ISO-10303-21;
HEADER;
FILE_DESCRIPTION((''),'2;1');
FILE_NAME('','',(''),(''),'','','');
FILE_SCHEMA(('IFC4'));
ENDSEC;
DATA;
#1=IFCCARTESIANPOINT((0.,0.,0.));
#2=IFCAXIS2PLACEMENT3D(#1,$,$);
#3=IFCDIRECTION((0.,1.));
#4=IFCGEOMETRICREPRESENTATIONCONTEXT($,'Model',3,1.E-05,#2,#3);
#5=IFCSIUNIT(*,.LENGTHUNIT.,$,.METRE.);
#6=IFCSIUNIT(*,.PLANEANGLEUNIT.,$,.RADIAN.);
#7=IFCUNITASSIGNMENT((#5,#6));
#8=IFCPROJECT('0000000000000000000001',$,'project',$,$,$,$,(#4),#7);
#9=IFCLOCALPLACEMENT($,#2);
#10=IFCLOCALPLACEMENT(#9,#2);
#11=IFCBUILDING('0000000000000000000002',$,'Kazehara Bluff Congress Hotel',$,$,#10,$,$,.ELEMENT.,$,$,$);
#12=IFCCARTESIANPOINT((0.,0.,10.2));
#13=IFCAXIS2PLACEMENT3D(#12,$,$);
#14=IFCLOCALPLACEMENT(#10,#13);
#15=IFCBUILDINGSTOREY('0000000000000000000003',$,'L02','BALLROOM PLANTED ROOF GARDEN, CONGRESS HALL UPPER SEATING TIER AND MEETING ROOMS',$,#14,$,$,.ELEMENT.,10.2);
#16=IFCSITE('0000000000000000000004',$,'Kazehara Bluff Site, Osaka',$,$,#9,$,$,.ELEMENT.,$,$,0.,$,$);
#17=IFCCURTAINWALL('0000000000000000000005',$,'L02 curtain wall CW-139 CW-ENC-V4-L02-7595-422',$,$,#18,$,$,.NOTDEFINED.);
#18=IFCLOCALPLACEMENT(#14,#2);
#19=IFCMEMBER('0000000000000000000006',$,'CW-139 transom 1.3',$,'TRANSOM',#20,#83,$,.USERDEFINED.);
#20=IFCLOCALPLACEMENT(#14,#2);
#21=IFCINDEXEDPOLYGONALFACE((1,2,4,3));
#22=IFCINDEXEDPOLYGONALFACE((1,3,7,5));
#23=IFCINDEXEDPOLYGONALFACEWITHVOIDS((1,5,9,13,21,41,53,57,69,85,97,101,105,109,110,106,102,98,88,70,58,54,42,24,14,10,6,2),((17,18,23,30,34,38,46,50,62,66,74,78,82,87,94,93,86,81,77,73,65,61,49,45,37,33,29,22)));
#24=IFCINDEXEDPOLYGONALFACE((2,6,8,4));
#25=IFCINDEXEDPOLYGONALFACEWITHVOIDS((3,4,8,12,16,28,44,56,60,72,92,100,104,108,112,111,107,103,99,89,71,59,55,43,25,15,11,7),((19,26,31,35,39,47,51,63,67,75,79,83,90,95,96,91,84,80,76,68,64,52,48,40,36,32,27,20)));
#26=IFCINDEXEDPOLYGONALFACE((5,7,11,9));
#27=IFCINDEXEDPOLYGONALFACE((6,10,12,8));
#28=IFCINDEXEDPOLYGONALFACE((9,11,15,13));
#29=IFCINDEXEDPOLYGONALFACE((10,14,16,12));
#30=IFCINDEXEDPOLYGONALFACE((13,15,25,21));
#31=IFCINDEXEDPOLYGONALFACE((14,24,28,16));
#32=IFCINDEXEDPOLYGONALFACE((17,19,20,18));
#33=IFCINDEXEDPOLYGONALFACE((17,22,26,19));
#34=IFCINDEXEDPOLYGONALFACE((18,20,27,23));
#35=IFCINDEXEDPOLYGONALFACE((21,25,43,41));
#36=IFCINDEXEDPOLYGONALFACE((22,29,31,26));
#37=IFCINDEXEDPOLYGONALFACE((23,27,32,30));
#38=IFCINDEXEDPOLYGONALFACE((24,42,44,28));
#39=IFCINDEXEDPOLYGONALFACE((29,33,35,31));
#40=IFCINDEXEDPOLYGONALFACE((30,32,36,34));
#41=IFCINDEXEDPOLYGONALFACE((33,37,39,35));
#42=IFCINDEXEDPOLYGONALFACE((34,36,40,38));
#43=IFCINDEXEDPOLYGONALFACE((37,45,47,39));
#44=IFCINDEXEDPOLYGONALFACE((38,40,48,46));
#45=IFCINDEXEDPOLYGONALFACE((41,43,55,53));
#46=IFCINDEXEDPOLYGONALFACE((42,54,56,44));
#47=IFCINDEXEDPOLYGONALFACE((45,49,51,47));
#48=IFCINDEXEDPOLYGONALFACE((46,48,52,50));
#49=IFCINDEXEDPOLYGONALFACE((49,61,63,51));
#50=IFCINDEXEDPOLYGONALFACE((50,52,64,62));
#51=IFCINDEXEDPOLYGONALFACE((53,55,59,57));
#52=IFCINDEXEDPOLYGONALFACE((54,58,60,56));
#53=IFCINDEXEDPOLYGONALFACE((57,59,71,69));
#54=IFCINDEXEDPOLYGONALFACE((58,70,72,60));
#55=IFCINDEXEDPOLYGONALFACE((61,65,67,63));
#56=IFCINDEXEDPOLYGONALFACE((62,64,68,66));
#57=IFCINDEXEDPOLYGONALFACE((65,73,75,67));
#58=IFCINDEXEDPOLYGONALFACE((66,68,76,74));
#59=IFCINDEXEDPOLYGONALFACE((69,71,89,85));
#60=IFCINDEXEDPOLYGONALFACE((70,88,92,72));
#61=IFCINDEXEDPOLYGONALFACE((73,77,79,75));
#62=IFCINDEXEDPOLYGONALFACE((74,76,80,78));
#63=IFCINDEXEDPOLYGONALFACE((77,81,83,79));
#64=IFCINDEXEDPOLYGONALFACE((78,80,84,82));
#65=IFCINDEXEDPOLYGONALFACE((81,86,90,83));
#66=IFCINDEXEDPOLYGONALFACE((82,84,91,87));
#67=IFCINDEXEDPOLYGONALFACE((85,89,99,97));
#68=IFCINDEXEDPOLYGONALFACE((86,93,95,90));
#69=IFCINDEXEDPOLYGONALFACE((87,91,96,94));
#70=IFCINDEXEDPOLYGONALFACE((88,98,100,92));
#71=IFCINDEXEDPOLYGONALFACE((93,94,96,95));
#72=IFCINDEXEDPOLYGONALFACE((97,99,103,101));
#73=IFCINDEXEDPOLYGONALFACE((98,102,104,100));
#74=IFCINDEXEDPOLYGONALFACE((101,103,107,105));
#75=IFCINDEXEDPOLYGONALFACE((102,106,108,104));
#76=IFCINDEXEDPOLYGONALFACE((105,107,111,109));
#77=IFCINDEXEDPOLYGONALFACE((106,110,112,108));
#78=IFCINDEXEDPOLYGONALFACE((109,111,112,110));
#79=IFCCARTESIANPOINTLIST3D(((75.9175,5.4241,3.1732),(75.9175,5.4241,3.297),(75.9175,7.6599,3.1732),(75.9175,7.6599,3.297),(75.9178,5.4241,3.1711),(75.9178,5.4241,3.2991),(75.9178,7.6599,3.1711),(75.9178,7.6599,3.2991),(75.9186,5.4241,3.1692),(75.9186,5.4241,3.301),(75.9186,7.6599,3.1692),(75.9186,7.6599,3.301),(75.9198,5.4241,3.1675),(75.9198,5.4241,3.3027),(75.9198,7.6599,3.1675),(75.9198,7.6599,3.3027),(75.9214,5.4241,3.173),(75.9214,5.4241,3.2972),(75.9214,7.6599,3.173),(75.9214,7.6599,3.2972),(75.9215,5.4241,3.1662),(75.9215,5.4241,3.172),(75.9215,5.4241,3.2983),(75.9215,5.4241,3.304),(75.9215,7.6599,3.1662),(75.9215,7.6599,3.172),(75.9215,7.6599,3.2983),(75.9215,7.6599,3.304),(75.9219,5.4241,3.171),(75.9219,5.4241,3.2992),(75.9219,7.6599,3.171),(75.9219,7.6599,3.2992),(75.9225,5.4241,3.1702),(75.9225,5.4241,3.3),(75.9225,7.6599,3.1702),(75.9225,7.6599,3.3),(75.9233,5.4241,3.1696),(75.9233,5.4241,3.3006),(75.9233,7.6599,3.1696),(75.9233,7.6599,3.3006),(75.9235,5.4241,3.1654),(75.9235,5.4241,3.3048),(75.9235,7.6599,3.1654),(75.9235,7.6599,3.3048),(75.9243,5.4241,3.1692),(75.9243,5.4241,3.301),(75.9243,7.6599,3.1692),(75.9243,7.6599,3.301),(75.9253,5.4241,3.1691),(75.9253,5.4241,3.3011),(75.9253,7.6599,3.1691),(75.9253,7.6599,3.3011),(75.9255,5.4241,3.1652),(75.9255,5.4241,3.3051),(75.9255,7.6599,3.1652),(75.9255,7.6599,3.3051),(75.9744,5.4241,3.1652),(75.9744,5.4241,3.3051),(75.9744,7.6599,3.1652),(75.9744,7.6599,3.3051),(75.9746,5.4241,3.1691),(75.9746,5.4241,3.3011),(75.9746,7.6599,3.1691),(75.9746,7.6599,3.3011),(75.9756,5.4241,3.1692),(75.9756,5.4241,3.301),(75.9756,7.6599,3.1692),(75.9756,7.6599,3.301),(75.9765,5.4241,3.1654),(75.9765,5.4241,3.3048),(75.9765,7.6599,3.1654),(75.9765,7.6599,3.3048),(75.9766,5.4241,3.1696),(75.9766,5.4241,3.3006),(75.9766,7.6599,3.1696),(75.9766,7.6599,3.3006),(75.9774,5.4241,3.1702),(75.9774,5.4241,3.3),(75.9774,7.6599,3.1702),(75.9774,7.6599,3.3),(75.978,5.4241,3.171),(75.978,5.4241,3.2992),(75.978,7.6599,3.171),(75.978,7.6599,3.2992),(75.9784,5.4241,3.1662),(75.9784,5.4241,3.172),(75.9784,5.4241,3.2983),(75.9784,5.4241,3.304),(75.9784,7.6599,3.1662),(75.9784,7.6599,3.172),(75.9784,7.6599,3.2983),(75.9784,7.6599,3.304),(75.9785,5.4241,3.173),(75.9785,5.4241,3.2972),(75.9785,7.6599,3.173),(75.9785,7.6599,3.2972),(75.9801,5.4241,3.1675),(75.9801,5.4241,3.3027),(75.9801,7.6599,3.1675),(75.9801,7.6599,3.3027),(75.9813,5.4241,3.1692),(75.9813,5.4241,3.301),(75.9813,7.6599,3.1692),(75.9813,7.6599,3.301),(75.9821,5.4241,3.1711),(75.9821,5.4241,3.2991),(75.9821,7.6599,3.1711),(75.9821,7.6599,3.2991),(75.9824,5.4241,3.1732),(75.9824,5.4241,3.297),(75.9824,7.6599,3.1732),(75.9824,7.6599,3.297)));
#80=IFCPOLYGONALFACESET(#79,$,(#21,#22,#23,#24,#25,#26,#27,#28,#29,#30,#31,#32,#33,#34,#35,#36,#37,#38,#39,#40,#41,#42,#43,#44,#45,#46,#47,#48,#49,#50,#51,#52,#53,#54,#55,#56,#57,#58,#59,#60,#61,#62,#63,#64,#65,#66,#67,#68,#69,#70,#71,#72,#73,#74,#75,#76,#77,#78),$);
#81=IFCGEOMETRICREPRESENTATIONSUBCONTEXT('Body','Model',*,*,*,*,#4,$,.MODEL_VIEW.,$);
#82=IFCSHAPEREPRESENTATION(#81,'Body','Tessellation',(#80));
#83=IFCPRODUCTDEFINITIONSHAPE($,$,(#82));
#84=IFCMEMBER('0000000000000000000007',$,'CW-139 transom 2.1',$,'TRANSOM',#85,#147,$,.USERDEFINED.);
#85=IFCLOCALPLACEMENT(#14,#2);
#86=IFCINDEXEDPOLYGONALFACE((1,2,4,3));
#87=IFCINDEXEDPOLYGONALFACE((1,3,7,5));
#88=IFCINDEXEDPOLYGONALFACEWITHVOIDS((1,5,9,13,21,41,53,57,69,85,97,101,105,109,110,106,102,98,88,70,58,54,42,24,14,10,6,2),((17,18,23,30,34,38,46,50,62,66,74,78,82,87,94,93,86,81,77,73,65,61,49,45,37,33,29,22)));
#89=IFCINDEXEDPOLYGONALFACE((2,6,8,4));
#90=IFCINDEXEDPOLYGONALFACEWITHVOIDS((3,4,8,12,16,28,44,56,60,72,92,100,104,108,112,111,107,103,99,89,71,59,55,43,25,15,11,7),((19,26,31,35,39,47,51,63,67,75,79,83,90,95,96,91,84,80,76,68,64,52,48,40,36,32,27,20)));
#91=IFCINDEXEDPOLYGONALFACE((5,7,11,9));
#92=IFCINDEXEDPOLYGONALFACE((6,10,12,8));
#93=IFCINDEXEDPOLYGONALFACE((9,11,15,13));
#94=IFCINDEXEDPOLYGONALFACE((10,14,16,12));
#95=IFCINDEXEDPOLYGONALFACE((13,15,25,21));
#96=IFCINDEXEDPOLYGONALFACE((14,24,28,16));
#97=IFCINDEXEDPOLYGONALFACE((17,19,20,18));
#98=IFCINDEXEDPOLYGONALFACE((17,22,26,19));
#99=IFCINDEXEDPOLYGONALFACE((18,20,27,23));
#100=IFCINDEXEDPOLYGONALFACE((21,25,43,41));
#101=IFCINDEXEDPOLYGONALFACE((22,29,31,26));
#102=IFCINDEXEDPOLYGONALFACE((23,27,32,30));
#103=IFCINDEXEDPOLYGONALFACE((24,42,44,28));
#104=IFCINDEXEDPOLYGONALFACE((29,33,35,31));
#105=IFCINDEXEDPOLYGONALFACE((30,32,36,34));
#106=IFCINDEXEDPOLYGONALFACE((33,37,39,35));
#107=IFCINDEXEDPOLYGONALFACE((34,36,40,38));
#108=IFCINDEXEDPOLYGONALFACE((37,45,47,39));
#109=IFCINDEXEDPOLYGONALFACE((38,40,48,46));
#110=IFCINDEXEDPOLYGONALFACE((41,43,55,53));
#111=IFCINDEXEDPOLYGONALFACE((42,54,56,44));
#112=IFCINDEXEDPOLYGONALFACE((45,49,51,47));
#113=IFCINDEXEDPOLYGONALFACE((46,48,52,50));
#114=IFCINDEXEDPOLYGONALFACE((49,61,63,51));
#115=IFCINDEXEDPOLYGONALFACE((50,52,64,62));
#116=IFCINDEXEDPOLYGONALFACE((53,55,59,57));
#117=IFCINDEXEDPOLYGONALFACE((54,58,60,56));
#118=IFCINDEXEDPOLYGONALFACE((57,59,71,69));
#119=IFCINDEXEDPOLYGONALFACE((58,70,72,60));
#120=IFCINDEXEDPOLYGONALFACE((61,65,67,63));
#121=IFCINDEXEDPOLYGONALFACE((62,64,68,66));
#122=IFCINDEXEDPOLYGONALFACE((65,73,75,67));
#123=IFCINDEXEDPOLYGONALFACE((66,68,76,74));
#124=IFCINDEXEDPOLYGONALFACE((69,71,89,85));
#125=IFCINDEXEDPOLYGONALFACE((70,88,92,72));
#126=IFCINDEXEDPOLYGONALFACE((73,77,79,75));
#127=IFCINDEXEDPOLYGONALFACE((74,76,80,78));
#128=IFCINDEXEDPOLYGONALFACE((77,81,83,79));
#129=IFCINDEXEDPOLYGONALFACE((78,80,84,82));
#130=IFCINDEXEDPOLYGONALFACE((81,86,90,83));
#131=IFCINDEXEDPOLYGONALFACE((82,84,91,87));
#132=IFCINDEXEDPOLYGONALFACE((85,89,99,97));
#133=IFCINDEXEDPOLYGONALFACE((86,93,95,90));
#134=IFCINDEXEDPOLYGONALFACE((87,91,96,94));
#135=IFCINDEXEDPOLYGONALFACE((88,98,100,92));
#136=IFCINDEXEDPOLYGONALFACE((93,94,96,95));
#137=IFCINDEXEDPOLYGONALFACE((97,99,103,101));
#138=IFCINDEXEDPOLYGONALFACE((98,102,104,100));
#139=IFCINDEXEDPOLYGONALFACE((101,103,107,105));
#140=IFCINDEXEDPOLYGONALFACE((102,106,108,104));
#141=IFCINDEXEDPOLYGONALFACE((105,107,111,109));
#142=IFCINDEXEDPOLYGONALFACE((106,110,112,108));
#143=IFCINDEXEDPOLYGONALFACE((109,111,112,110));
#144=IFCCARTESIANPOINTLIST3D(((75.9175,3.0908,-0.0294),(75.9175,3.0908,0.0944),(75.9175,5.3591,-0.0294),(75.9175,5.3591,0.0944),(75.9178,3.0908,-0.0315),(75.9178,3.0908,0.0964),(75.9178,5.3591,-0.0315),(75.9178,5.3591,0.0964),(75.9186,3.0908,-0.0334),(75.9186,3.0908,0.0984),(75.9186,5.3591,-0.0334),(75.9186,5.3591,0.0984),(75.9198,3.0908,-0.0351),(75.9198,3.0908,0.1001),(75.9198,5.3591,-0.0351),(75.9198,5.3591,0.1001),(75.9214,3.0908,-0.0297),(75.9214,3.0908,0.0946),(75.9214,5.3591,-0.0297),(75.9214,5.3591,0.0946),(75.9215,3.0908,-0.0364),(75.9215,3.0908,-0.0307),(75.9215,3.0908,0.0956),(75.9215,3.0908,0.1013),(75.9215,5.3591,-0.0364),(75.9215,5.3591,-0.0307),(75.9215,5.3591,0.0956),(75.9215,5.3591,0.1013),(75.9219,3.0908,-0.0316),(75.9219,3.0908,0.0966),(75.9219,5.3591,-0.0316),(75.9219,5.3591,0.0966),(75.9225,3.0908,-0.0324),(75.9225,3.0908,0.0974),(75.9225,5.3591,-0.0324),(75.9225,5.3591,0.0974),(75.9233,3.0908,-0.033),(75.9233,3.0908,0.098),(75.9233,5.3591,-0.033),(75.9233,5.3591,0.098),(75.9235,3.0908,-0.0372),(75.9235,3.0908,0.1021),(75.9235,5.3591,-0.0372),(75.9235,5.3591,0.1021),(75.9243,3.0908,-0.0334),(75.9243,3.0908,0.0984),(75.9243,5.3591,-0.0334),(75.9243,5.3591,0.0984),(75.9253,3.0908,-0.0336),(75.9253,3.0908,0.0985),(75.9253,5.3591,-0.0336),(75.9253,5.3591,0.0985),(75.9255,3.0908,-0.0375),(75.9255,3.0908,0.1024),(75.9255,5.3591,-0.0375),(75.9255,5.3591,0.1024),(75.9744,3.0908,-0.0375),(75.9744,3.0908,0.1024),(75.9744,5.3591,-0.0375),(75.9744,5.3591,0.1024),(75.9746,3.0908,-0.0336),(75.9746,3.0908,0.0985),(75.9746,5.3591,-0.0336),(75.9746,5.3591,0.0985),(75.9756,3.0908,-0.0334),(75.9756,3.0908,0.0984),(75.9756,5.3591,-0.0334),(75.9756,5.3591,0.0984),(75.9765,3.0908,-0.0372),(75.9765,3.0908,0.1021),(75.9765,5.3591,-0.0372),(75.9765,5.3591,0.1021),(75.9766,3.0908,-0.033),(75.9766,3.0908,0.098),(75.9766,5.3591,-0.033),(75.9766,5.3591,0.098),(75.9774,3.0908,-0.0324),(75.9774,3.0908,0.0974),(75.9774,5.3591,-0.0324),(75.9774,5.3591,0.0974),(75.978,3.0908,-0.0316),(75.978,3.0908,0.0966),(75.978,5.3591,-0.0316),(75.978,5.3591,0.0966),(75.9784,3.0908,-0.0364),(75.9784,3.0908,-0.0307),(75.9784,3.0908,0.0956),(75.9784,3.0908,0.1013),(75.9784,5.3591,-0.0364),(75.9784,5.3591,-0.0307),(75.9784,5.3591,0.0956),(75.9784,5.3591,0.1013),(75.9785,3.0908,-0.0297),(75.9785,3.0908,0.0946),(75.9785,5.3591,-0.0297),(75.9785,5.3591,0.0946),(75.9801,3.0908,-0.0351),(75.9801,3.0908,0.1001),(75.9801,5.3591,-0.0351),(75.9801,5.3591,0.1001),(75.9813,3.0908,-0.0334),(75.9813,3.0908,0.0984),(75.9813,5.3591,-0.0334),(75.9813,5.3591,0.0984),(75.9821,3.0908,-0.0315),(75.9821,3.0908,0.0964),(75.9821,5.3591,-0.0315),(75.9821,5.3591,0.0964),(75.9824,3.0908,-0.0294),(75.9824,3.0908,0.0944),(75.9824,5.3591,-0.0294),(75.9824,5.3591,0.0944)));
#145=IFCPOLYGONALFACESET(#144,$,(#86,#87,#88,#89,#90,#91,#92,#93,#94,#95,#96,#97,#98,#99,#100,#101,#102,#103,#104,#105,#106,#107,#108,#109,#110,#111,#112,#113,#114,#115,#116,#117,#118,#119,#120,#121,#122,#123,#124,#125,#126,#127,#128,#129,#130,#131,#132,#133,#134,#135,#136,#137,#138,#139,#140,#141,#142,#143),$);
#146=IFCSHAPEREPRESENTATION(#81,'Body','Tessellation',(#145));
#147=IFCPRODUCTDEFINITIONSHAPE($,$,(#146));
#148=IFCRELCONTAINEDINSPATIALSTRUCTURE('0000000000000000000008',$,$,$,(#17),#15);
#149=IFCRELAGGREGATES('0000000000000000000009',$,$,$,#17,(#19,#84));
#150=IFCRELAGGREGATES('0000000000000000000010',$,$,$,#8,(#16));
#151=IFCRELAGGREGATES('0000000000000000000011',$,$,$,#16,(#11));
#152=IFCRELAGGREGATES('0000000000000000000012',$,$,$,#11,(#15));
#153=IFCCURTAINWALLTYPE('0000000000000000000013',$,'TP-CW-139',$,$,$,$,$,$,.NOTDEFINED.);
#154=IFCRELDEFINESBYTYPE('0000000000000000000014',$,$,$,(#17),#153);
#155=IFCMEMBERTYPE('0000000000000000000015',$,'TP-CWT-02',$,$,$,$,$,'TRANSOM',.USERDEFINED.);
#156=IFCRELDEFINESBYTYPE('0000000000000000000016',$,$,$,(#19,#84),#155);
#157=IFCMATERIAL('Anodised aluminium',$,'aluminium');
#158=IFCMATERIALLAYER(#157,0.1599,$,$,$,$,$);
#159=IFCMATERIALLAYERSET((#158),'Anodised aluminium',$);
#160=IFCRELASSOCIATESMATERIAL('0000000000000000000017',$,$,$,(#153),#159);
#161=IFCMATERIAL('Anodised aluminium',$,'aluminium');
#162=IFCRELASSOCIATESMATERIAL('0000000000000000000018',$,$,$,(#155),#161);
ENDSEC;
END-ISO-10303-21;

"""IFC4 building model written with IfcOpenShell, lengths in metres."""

from ifc_helpers import new_model, si_unit, direction, frame, origin, origin_2d, place, context, subcontext, project, spatial, hollow_rectangle, extrude, material, layer, layer_set, material_profile, profile_set, type_object, element, aggregate, save


model = new_model("IFC4")

# Units and contexts
model_context = context("Model", 3, precision=1e-05, world=origin(), true_north=direction((0.0, 1.0)))
body_context = subcontext(model_context, "Body", "Model", "MODEL_VIEW")
ifc_project = project(units=[si_unit("LENGTHUNIT", "METRE"), si_unit("PLANEANGLEUNIT", "RADIAN")], contexts=[model_context])

# Site, building, storey
site_placement = place(None, origin())
site = spatial("IfcSite", under=ifc_project, at=site_placement, Name="Kazehara Bluff Site, Osaka", CompositionType="ELEMENT", RefElevation=0.0)
building_placement = place(site_placement, origin())
building = spatial("IfcBuilding", under=site, at=building_placement, Name="Kazehara Bluff Congress Hotel", CompositionType="ELEMENT")
storey_placement = place(building_placement, frame((0.0, 0.0, 10.2)))
storey = spatial("IfcBuildingStorey", under=building, at=storey_placement, Name="L02", Description="BALLROOM PLANTED ROOF GARDEN, CONGRESS HALL UPPER SEATING TIER AND MEETING ROOMS", CompositionType="ELEMENT", Elevation=10.2)

# Curtain wall, members
ifc_material_1 = material(Name="Anodised aluminium", Category="aluminium")
ifc_layer_1 = layer(ifc_material_1, 0.1599)
ifc_layer_set_1 = layer_set([ifc_layer_1], Name="Anodised aluminium")
curtain_wall_type = type_object("IfcCurtainWallType", Name="TP-CW-139", PredefinedType="NOTDEFINED", material=ifc_layer_set_1)
curtain_wall_placement = place(storey_placement, origin())
curtain_wall = element("IfcCurtainWall", 1, at=curtain_wall_placement, inside=storey, type_object=curtain_wall_type, Name="L02 curtain wall CW-139 CW-ENC-V4-L02-7595-422", PredefinedType="NOTDEFINED")
ifc_material_2 = material(Name="Anodised aluminium", Category="aluminium")
ifc_material_profile_1 = material_profile(ifc_material_2, hollow_rectangle(XDim=0.0649, YDim=0.1399, WallThickness=0.0039, InnerFilletRadius=0.0039, OuterFilletRadius=0.0081, at=origin_2d()))
ifc_profile_set_1 = profile_set([ifc_material_profile_1], Name="Anodised aluminium")
member_type_1 = type_object("IfcMemberType", Name="TP-CWT-02", ElementType="TRANSOM", PredefinedType="USERDEFINED", material=ifc_profile_set_1)
member_1_placement = place(storey_placement, frame((75.95, 7.6599, 3.2351), z_axis=(0.0, -1.0, 0.0), x_axis=(1.0, 0.0, 0.0)))
member_1 = element("IfcMember", 2, at=member_1_placement, type_object=member_type_1, Name="CW-139 transom 1.3", ObjectType="TRANSOM", PredefinedType="USERDEFINED", context=body_context, shape_type="SweptSolid", body=[
    extrude(hollow_rectangle(XDim=0.0649, YDim=0.1399, WallThickness=0.0039, InnerFilletRadius=0.0039, OuterFilletRadius=0.0081, at=origin_2d()), origin(), (0.0, 0.0, 1.0), 2.2358),
])
member_2_placement = place(storey_placement, frame((75.95, 5.3591, 0.0325), z_axis=(0.0, -1.0, 0.0), x_axis=(1.0, 0.0, 0.0)))
member_2 = element("IfcMember", 3, at=member_2_placement, type_object=member_type_1, Name="CW-139 transom 2.1", ObjectType="TRANSOM", PredefinedType="USERDEFINED", context=body_context, shape_type="SweptSolid", body=[
    extrude(hollow_rectangle(XDim=0.0649, YDim=0.1399, WallThickness=0.0039, InnerFilletRadius=0.0039, OuterFilletRadius=0.0081, at=origin_2d()), origin(), (0.0, 0.0, 1.0), 2.2683),
])

aggregate(curtain_wall, [member_1, member_2])

save(model, "model.ifc")
